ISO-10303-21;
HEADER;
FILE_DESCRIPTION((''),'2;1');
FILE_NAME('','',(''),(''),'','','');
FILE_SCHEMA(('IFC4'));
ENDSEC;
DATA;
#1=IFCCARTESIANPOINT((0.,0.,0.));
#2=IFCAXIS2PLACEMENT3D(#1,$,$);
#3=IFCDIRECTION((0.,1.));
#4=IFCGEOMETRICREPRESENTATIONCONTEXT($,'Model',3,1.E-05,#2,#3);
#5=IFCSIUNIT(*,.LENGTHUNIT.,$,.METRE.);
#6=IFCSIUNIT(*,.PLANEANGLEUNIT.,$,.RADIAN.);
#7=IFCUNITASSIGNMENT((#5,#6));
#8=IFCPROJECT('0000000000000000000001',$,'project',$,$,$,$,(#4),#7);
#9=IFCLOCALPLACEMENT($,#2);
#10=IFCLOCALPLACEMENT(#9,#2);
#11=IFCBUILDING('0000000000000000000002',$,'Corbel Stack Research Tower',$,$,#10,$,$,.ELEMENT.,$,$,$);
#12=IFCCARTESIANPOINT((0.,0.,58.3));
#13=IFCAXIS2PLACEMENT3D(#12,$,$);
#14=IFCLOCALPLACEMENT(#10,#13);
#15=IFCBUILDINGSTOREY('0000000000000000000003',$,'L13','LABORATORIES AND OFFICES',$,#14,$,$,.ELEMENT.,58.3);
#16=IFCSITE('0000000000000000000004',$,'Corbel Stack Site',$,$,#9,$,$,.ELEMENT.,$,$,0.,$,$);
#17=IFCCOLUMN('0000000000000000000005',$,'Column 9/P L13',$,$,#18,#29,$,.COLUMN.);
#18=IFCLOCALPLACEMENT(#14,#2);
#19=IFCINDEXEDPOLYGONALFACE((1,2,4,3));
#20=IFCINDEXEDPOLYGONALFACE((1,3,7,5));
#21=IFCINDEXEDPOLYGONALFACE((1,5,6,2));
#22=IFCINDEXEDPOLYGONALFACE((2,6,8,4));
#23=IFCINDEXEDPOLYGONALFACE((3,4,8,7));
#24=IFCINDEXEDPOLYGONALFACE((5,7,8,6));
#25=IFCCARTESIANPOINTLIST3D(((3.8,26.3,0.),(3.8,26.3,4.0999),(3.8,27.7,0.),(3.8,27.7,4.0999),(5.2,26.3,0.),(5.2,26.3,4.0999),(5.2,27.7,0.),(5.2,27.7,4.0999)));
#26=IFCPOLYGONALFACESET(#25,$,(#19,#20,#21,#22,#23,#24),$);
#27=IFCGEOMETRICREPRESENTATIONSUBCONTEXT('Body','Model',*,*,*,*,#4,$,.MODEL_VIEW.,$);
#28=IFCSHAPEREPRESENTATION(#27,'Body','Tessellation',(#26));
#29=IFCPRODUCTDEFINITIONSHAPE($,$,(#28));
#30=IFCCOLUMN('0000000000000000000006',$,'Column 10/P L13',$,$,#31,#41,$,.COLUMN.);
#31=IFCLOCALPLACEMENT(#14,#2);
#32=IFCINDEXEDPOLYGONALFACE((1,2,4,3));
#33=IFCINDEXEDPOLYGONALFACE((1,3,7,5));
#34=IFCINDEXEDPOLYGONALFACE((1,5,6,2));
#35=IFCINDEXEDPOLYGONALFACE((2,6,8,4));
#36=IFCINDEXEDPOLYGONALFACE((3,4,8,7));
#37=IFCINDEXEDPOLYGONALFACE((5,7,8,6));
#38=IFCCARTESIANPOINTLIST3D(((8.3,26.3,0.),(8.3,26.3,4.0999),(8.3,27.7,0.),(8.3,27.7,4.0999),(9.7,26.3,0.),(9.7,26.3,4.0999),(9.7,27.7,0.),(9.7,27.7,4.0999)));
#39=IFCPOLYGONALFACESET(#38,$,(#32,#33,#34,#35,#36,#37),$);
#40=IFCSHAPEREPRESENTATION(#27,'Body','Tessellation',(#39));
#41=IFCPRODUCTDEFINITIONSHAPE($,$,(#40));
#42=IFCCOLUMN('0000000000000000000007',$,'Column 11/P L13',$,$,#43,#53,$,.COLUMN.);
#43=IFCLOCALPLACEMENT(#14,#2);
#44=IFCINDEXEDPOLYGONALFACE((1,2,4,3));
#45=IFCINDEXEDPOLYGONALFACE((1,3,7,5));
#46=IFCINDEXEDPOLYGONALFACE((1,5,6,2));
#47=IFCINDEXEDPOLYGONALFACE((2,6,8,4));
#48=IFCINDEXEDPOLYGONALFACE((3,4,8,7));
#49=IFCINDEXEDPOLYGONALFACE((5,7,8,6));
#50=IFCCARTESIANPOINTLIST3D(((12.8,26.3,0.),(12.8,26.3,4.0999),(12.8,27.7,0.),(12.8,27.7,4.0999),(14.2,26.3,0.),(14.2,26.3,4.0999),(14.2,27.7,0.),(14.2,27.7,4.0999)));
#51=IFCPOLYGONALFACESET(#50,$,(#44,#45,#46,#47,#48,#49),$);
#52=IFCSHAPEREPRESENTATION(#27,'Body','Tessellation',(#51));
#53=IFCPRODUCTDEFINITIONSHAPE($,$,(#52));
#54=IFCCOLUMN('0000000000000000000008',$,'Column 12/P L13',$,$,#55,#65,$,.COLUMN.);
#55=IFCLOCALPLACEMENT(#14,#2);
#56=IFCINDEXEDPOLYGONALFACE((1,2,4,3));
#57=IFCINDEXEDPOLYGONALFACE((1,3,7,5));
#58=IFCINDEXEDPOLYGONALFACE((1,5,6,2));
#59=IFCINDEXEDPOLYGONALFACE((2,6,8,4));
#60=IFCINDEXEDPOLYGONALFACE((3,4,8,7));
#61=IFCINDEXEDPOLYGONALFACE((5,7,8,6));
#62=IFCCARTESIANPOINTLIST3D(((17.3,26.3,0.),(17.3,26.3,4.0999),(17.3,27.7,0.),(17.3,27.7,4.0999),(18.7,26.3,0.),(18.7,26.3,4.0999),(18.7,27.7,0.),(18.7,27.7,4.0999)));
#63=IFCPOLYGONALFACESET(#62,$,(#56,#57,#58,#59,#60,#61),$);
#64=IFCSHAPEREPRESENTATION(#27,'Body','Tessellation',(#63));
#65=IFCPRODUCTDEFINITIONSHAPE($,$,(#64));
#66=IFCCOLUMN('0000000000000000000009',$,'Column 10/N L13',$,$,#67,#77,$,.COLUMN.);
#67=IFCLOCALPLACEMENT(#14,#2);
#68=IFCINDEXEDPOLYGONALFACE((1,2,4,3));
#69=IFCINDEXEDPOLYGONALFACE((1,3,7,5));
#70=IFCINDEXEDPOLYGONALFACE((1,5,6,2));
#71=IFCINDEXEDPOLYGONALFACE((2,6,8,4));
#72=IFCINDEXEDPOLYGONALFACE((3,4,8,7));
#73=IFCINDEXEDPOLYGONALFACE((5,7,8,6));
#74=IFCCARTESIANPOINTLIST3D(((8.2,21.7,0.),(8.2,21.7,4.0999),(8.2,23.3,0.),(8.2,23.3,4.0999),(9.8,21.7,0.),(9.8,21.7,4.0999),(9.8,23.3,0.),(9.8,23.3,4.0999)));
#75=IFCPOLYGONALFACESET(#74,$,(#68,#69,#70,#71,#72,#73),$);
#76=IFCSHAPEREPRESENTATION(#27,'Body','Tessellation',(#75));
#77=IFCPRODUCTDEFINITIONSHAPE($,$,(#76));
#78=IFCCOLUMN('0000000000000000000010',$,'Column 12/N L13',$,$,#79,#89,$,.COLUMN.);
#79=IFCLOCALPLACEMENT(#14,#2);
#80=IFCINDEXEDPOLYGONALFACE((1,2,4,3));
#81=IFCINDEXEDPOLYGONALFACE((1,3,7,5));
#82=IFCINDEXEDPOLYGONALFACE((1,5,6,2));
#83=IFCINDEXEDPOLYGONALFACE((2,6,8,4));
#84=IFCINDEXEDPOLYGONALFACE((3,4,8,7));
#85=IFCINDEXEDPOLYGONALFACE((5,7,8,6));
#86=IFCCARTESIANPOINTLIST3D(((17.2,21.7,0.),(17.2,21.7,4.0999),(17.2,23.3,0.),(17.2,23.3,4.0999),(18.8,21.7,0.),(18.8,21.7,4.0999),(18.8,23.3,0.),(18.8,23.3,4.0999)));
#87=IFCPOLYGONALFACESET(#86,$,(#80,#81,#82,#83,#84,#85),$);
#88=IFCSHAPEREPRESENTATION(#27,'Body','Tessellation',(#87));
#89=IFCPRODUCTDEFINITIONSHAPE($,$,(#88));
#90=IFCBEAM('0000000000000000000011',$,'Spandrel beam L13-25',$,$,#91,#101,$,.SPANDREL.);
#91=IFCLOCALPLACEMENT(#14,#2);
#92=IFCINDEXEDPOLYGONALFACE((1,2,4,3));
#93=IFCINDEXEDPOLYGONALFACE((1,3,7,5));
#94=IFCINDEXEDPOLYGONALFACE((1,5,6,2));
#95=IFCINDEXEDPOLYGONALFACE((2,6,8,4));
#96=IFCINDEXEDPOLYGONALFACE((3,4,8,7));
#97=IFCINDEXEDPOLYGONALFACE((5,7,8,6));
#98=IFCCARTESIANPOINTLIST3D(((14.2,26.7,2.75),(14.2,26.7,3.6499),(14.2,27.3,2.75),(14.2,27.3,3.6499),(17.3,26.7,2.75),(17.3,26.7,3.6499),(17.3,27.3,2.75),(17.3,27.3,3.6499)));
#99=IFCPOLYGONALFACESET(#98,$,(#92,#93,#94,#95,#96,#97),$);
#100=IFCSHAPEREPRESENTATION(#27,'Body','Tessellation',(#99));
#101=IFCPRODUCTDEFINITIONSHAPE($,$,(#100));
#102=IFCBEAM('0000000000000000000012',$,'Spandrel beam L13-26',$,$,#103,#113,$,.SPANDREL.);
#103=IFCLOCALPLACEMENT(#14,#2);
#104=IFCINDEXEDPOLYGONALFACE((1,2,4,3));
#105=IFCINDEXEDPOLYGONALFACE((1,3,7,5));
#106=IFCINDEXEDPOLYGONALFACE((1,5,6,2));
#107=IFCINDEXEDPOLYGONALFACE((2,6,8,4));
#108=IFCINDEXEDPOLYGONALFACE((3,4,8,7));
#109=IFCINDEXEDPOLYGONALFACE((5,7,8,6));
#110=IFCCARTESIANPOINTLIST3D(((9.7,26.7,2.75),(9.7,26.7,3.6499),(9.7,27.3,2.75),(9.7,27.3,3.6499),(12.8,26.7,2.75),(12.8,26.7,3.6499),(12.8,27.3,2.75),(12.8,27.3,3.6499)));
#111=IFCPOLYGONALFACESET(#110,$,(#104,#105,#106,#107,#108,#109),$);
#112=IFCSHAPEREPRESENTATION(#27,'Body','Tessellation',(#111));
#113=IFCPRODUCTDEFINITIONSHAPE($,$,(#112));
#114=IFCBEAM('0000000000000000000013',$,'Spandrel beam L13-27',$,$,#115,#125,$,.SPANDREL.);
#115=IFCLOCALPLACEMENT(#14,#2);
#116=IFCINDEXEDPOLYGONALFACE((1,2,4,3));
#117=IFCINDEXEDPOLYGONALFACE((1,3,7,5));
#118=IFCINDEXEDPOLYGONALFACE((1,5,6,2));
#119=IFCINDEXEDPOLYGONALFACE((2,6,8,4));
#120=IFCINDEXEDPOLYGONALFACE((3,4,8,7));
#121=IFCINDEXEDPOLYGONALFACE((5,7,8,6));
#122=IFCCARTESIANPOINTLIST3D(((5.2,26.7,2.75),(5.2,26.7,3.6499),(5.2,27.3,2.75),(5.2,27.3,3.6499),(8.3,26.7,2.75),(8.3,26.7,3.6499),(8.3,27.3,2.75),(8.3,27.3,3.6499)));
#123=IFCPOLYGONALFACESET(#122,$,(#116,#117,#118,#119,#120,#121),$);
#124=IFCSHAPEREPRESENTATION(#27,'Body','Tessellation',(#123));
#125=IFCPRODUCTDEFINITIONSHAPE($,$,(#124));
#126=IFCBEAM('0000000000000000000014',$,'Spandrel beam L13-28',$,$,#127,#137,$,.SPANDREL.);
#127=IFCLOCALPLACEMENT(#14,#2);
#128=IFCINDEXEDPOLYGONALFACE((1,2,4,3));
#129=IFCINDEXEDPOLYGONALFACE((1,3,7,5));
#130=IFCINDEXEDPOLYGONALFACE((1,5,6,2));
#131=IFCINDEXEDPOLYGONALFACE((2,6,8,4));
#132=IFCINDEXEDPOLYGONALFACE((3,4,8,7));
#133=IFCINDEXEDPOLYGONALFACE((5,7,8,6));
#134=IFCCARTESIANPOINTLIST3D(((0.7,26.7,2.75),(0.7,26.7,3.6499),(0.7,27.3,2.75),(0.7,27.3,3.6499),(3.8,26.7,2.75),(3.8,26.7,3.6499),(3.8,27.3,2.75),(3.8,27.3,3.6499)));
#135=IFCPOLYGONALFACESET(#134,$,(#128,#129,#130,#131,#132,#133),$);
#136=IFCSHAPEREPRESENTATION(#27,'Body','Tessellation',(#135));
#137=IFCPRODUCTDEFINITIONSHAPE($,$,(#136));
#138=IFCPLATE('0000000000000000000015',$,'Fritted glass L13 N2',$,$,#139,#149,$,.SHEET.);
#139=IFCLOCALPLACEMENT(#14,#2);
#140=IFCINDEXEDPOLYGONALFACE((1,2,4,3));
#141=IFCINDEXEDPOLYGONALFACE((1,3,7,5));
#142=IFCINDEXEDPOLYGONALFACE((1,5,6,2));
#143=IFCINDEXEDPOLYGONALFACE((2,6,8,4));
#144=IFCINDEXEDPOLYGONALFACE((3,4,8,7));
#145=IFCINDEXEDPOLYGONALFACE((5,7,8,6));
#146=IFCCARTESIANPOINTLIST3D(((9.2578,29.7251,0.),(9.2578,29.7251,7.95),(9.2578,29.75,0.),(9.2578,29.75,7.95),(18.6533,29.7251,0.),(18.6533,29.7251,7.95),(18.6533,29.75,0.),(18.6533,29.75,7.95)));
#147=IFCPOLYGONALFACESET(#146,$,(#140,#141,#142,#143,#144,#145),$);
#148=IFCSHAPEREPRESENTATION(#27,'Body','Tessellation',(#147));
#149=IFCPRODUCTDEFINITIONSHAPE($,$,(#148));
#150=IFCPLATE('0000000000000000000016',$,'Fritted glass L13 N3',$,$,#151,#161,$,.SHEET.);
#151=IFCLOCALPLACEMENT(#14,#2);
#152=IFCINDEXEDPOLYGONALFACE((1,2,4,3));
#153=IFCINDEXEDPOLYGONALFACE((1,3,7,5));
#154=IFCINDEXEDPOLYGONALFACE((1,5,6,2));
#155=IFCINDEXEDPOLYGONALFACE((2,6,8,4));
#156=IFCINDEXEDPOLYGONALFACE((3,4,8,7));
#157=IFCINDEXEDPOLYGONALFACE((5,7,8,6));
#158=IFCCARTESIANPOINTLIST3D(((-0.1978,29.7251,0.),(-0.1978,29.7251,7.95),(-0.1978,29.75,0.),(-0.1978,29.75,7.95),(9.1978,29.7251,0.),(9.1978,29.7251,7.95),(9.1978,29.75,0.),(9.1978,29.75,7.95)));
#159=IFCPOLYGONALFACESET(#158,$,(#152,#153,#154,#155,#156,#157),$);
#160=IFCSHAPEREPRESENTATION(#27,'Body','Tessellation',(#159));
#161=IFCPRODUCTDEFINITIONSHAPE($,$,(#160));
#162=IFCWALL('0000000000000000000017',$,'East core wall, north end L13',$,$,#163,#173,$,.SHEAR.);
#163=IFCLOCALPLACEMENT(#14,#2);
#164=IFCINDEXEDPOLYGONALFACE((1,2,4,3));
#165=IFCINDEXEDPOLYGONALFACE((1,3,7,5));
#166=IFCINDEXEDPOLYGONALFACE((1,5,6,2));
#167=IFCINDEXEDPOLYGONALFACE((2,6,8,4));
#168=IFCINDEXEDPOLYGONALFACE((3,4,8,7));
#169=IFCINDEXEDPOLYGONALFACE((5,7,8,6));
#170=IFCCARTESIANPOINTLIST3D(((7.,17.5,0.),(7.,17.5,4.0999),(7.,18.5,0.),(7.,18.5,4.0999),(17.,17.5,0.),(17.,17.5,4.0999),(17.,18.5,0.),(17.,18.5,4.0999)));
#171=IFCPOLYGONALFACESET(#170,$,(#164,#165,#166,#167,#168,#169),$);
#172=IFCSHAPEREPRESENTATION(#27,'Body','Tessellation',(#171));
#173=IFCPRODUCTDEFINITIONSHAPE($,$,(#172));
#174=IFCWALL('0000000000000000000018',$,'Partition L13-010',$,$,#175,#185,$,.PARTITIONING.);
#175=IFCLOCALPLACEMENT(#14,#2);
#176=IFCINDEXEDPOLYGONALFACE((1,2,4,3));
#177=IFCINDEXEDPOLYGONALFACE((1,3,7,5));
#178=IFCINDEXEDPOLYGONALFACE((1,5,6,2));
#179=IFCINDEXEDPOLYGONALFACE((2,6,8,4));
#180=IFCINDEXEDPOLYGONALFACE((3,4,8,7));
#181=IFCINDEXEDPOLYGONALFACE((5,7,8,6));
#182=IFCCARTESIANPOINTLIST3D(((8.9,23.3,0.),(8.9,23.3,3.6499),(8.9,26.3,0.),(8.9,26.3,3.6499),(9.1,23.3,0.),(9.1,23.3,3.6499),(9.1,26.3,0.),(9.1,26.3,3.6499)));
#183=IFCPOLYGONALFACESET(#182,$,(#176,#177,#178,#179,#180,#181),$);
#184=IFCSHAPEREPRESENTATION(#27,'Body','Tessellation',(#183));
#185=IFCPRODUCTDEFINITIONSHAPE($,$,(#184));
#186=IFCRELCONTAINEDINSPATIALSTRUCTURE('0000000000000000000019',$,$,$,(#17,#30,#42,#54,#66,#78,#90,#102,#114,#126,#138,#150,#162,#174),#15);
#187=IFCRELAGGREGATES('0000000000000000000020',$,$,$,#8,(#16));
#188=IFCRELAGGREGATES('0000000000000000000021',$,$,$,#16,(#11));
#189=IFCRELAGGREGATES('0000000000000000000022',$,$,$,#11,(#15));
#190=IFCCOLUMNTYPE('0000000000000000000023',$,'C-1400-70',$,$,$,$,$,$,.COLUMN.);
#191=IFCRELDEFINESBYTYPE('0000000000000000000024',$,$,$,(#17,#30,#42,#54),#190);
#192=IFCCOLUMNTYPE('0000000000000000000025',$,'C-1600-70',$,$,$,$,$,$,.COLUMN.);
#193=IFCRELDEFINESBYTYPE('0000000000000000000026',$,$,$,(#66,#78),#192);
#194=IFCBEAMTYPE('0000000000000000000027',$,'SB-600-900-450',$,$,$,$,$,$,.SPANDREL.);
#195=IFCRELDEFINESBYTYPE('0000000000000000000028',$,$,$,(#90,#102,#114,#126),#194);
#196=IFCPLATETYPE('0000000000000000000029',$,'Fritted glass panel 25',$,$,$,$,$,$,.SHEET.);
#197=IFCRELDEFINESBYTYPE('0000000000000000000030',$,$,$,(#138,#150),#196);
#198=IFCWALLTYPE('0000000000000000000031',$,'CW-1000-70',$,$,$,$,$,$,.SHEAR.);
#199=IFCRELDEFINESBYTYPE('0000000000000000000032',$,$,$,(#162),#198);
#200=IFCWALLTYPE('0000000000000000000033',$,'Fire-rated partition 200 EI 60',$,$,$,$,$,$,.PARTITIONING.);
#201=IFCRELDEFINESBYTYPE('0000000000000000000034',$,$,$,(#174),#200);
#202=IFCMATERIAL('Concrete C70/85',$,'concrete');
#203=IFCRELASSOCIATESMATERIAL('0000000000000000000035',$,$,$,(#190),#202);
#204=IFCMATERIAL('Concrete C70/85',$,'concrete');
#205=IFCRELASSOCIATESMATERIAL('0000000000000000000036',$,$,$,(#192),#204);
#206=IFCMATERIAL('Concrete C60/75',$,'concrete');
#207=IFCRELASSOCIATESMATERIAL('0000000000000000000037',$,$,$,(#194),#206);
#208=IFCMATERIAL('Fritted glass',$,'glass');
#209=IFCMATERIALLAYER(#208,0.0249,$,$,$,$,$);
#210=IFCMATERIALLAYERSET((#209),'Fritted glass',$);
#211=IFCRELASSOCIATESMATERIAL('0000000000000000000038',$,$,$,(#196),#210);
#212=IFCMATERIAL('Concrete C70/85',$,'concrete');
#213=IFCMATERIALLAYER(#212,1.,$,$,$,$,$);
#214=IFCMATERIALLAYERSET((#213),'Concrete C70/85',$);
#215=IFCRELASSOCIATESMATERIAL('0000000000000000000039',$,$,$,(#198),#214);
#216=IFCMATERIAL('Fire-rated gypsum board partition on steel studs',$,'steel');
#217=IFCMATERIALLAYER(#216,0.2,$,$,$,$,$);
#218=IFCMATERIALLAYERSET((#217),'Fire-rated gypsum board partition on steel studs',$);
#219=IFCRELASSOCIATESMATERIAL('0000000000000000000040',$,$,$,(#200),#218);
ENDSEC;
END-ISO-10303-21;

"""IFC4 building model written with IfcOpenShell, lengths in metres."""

from ifc_helpers import new_model, si_unit, direction, frame, frame_2d, origin, origin_2d, place, context, subcontext, project, spatial, rectangle, extrude, material, layer, layer_set, material_profile, profile_set, type_object, element, save


model = new_model("IFC4")

# Units and contexts
model_context = context("Model", 3, precision=1e-05, world=origin(), true_north=direction((0.0, 1.0)))
body_context = subcontext(model_context, "Body", "Model", "MODEL_VIEW")
ifc_project = project(units=[si_unit("LENGTHUNIT", "METRE"), si_unit("PLANEANGLEUNIT", "RADIAN")], contexts=[model_context])

# Site, building, storey
site_placement = place(None, origin())
site = spatial("IfcSite", under=ifc_project, at=site_placement, Name="Corbel Stack Site", CompositionType="ELEMENT", RefElevation=0.0)
building_placement = place(site_placement, origin())
building = spatial("IfcBuilding", under=site, at=building_placement, Name="Corbel Stack Research Tower", CompositionType="ELEMENT")
storey_placement = place(building_placement, frame((0.0, 0.0, 58.3)))
storey = spatial("IfcBuildingStorey", under=building, at=storey_placement, Name="L13", Description="LABORATORIES AND OFFICES", CompositionType="ELEMENT", Elevation=58.3)

# Columns
ifc_material_1 = material(Name="Concrete C70/85", Category="concrete")
ifc_material_profile_1 = material_profile(ifc_material_1, rectangle(XDim=1.3999, YDim=1.3999, at=origin_2d()), Name="RC 1400 x 1400")
ifc_profile_set_1 = profile_set([ifc_material_profile_1], Name="Concrete C70/85")
column_type_1 = type_object("IfcColumnType", Name="C-1400-70", PredefinedType="COLUMN", material=ifc_profile_set_1)
for number, where, z_axis, x_axis, name in (
    (1, (4.5, 27.0, 0.0), (0.0, 0.0, 1.0), (1.0, 0.0, 0.0), "Column 9/P L13"),
    (2, (9.0, 27.0, 0.0), (0.0, 0.0, 1.0), (1.0, 0.0, 0.0), "Column 10/P L13"),
    (3, (13.5, 27.0, 0.0), (0.0, 0.0, 1.0), (1.0, 0.0, 0.0), "Column 11/P L13"),
    (4, (18.0, 27.0, 0.0), (0.0, 0.0, 1.0), (1.0, 0.0, 0.0), "Column 12/P L13"),
):
    element("IfcColumn", number, at=place(storey_placement, frame(where, z_axis=z_axis, x_axis=x_axis)), inside=storey, type_object=column_type_1, Name=name, PredefinedType="COLUMN", context=body_context, shape_type="SweptSolid", body=[
        extrude(rectangle(XDim=1.3999, YDim=1.3999, at=origin_2d()), origin(), (0.0, 0.0, 1.0), 4.0999),
    ])
ifc_material_2 = material(Name="Concrete C70/85", Category="concrete")
ifc_material_profile_2 = material_profile(ifc_material_2, rectangle(XDim=1.6001, YDim=1.6001, at=origin_2d()), Name="RC 1600 x 1600")
ifc_profile_set_2 = profile_set([ifc_material_profile_2], Name="Concrete C70/85")
column_type_2 = type_object("IfcColumnType", Name="C-1600-70", PredefinedType="COLUMN", material=ifc_profile_set_2)
for number, where, z_axis, x_axis, name in (
    (5, (9.0, 22.5, 0.0), (0.0, 0.0, 1.0), (1.0, 0.0, 0.0), "Column 10/N L13"),
    (6, (18.0, 22.5, 0.0), (0.0, 0.0, 1.0), (1.0, 0.0, 0.0), "Column 12/N L13"),
):
    element("IfcColumn", number, at=place(storey_placement, frame(where, z_axis=z_axis, x_axis=x_axis)), inside=storey, type_object=column_type_2, Name=name, PredefinedType="COLUMN", context=body_context, shape_type="SweptSolid", body=[
        extrude(rectangle(XDim=1.6001, YDim=1.6001, at=origin_2d()), origin(), (0.0, 0.0, 1.0), 4.0999),
    ])

# Beams
ifc_material_3 = material(Name="Concrete C60/75", Category="concrete")
ifc_material_profile_3 = material_profile(ifc_material_3, rectangle(XDim=0.6001, YDim=0.8999, at=origin_2d()), Name="RC 600 x 900")
ifc_profile_set_3 = profile_set([ifc_material_profile_3], Name="Concrete C60/75")
beam_type = type_object("IfcBeamType", Name="SB-600-900-450", PredefinedType="SPANDREL", material=ifc_profile_set_3)
for number, where, z_axis, x_axis, name in (
    (7, (17.3, 27.0, 3.2), (-1.0, 0.0, 0.0), (0.0, -1.0, 0.0), "Spandrel beam L13-25"),
    (8, (12.8, 27.0, 3.2), (-1.0, 0.0, 0.0), (0.0, -1.0, 0.0), "Spandrel beam L13-26"),
    (9, (8.3, 27.0, 3.2), (-1.0, 0.0, 0.0), (0.0, -1.0, 0.0), "Spandrel beam L13-27"),
    (10, (3.8, 27.0, 3.2), (-1.0, 0.0, 0.0), (0.0, -1.0, 0.0), "Spandrel beam L13-28"),
):
    element("IfcBeam", number, at=place(storey_placement, frame(where, z_axis=z_axis, x_axis=x_axis)), inside=storey, type_object=beam_type, Name=name, PredefinedType="SPANDREL", context=body_context, shape_type="SweptSolid", body=[
        extrude(rectangle(XDim=0.6001, YDim=0.8999, at=origin_2d()), origin(), (0.0, 0.0, 1.0), 3.1001),
    ])

# Plates
ifc_material_4 = material(Name="Fritted glass", Category="glass")
ifc_layer_1 = layer(ifc_material_4, 0.0249)
ifc_layer_set_1 = layer_set([ifc_layer_1], Name="Fritted glass")
plate_type = type_object("IfcPlateType", Name="Fritted glass panel 25", PredefinedType="SHEET", material=ifc_layer_set_1)
for number, where, z_axis, x_axis, name in (
    (11, (13.9556, 29.7375, 0.0), (0.0, 0.0, 1.0), (-1.0, 0.0, 0.0), "Fritted glass L13 N2"),
    (12, (4.5, 29.7375, 0.0), (0.0, 0.0, 1.0), (-1.0, 0.0, 0.0), "Fritted glass L13 N3"),
):
    element("IfcPlate", number, at=place(storey_placement, frame(where, z_axis=z_axis, x_axis=x_axis)), inside=storey, type_object=plate_type, Name=name, PredefinedType="SHEET", context=body_context, shape_type="SweptSolid", body=[
        extrude(rectangle(XDim=9.3955, YDim=0.0249, at=origin_2d()), origin(), (0.0, 0.0, 1.0), 7.95),
    ])

# Walls
ifc_material_5 = material(Name="Concrete C70/85", Category="concrete")
ifc_layer_2 = layer(ifc_material_5, 1.0)
ifc_layer_set_2 = layer_set([ifc_layer_2], Name="Concrete C70/85")
wall_type_1 = type_object("IfcWallType", Name="CW-1000-70", PredefinedType="SHEAR", material=ifc_layer_set_2)
wall_1_placement = place(storey_placement, frame((7.0, 18.0, 0.0), z_axis=(0.0, 0.0, 1.0), x_axis=(1.0, 0.0, 0.0)))
element("IfcWall", 13, at=wall_1_placement, inside=storey, type_object=wall_type_1, Name="East core wall, north end L13", PredefinedType="SHEAR", context=body_context, shape_type="SweptSolid", body=[
    extrude(rectangle(XDim=10.0, YDim=1.0, at=frame_2d((5.0, 0.0))), origin(), (0.0, 0.0, 1.0), 4.0999),
])
ifc_material_6 = material(Name="Fire-rated gypsum board partition on steel studs", Category="steel")
ifc_layer_3 = layer(ifc_material_6, 0.2)
ifc_layer_set_3 = layer_set([ifc_layer_3], Name="Fire-rated gypsum board partition on steel studs")
wall_type_2 = type_object("IfcWallType", Name="Fire-rated partition 200 EI 60", PredefinedType="PARTITIONING", material=ifc_layer_set_3)
wall_2_placement = place(storey_placement, frame((9.0, 23.3, 0.0), z_axis=(0.0, 0.0, 1.0), x_axis=(0.0, 1.0, 0.0)))
element("IfcWall", 14, at=wall_2_placement, inside=storey, type_object=wall_type_2, Name="Partition L13-010", PredefinedType="PARTITIONING", context=body_context, shape_type="SweptSolid", body=[
    extrude(rectangle(XDim=3.0, YDim=0.2, at=frame_2d((1.5, 0.0))), origin(), (0.0, 0.0, 1.0), 3.6499),
])

save(model, "model.ifc")
